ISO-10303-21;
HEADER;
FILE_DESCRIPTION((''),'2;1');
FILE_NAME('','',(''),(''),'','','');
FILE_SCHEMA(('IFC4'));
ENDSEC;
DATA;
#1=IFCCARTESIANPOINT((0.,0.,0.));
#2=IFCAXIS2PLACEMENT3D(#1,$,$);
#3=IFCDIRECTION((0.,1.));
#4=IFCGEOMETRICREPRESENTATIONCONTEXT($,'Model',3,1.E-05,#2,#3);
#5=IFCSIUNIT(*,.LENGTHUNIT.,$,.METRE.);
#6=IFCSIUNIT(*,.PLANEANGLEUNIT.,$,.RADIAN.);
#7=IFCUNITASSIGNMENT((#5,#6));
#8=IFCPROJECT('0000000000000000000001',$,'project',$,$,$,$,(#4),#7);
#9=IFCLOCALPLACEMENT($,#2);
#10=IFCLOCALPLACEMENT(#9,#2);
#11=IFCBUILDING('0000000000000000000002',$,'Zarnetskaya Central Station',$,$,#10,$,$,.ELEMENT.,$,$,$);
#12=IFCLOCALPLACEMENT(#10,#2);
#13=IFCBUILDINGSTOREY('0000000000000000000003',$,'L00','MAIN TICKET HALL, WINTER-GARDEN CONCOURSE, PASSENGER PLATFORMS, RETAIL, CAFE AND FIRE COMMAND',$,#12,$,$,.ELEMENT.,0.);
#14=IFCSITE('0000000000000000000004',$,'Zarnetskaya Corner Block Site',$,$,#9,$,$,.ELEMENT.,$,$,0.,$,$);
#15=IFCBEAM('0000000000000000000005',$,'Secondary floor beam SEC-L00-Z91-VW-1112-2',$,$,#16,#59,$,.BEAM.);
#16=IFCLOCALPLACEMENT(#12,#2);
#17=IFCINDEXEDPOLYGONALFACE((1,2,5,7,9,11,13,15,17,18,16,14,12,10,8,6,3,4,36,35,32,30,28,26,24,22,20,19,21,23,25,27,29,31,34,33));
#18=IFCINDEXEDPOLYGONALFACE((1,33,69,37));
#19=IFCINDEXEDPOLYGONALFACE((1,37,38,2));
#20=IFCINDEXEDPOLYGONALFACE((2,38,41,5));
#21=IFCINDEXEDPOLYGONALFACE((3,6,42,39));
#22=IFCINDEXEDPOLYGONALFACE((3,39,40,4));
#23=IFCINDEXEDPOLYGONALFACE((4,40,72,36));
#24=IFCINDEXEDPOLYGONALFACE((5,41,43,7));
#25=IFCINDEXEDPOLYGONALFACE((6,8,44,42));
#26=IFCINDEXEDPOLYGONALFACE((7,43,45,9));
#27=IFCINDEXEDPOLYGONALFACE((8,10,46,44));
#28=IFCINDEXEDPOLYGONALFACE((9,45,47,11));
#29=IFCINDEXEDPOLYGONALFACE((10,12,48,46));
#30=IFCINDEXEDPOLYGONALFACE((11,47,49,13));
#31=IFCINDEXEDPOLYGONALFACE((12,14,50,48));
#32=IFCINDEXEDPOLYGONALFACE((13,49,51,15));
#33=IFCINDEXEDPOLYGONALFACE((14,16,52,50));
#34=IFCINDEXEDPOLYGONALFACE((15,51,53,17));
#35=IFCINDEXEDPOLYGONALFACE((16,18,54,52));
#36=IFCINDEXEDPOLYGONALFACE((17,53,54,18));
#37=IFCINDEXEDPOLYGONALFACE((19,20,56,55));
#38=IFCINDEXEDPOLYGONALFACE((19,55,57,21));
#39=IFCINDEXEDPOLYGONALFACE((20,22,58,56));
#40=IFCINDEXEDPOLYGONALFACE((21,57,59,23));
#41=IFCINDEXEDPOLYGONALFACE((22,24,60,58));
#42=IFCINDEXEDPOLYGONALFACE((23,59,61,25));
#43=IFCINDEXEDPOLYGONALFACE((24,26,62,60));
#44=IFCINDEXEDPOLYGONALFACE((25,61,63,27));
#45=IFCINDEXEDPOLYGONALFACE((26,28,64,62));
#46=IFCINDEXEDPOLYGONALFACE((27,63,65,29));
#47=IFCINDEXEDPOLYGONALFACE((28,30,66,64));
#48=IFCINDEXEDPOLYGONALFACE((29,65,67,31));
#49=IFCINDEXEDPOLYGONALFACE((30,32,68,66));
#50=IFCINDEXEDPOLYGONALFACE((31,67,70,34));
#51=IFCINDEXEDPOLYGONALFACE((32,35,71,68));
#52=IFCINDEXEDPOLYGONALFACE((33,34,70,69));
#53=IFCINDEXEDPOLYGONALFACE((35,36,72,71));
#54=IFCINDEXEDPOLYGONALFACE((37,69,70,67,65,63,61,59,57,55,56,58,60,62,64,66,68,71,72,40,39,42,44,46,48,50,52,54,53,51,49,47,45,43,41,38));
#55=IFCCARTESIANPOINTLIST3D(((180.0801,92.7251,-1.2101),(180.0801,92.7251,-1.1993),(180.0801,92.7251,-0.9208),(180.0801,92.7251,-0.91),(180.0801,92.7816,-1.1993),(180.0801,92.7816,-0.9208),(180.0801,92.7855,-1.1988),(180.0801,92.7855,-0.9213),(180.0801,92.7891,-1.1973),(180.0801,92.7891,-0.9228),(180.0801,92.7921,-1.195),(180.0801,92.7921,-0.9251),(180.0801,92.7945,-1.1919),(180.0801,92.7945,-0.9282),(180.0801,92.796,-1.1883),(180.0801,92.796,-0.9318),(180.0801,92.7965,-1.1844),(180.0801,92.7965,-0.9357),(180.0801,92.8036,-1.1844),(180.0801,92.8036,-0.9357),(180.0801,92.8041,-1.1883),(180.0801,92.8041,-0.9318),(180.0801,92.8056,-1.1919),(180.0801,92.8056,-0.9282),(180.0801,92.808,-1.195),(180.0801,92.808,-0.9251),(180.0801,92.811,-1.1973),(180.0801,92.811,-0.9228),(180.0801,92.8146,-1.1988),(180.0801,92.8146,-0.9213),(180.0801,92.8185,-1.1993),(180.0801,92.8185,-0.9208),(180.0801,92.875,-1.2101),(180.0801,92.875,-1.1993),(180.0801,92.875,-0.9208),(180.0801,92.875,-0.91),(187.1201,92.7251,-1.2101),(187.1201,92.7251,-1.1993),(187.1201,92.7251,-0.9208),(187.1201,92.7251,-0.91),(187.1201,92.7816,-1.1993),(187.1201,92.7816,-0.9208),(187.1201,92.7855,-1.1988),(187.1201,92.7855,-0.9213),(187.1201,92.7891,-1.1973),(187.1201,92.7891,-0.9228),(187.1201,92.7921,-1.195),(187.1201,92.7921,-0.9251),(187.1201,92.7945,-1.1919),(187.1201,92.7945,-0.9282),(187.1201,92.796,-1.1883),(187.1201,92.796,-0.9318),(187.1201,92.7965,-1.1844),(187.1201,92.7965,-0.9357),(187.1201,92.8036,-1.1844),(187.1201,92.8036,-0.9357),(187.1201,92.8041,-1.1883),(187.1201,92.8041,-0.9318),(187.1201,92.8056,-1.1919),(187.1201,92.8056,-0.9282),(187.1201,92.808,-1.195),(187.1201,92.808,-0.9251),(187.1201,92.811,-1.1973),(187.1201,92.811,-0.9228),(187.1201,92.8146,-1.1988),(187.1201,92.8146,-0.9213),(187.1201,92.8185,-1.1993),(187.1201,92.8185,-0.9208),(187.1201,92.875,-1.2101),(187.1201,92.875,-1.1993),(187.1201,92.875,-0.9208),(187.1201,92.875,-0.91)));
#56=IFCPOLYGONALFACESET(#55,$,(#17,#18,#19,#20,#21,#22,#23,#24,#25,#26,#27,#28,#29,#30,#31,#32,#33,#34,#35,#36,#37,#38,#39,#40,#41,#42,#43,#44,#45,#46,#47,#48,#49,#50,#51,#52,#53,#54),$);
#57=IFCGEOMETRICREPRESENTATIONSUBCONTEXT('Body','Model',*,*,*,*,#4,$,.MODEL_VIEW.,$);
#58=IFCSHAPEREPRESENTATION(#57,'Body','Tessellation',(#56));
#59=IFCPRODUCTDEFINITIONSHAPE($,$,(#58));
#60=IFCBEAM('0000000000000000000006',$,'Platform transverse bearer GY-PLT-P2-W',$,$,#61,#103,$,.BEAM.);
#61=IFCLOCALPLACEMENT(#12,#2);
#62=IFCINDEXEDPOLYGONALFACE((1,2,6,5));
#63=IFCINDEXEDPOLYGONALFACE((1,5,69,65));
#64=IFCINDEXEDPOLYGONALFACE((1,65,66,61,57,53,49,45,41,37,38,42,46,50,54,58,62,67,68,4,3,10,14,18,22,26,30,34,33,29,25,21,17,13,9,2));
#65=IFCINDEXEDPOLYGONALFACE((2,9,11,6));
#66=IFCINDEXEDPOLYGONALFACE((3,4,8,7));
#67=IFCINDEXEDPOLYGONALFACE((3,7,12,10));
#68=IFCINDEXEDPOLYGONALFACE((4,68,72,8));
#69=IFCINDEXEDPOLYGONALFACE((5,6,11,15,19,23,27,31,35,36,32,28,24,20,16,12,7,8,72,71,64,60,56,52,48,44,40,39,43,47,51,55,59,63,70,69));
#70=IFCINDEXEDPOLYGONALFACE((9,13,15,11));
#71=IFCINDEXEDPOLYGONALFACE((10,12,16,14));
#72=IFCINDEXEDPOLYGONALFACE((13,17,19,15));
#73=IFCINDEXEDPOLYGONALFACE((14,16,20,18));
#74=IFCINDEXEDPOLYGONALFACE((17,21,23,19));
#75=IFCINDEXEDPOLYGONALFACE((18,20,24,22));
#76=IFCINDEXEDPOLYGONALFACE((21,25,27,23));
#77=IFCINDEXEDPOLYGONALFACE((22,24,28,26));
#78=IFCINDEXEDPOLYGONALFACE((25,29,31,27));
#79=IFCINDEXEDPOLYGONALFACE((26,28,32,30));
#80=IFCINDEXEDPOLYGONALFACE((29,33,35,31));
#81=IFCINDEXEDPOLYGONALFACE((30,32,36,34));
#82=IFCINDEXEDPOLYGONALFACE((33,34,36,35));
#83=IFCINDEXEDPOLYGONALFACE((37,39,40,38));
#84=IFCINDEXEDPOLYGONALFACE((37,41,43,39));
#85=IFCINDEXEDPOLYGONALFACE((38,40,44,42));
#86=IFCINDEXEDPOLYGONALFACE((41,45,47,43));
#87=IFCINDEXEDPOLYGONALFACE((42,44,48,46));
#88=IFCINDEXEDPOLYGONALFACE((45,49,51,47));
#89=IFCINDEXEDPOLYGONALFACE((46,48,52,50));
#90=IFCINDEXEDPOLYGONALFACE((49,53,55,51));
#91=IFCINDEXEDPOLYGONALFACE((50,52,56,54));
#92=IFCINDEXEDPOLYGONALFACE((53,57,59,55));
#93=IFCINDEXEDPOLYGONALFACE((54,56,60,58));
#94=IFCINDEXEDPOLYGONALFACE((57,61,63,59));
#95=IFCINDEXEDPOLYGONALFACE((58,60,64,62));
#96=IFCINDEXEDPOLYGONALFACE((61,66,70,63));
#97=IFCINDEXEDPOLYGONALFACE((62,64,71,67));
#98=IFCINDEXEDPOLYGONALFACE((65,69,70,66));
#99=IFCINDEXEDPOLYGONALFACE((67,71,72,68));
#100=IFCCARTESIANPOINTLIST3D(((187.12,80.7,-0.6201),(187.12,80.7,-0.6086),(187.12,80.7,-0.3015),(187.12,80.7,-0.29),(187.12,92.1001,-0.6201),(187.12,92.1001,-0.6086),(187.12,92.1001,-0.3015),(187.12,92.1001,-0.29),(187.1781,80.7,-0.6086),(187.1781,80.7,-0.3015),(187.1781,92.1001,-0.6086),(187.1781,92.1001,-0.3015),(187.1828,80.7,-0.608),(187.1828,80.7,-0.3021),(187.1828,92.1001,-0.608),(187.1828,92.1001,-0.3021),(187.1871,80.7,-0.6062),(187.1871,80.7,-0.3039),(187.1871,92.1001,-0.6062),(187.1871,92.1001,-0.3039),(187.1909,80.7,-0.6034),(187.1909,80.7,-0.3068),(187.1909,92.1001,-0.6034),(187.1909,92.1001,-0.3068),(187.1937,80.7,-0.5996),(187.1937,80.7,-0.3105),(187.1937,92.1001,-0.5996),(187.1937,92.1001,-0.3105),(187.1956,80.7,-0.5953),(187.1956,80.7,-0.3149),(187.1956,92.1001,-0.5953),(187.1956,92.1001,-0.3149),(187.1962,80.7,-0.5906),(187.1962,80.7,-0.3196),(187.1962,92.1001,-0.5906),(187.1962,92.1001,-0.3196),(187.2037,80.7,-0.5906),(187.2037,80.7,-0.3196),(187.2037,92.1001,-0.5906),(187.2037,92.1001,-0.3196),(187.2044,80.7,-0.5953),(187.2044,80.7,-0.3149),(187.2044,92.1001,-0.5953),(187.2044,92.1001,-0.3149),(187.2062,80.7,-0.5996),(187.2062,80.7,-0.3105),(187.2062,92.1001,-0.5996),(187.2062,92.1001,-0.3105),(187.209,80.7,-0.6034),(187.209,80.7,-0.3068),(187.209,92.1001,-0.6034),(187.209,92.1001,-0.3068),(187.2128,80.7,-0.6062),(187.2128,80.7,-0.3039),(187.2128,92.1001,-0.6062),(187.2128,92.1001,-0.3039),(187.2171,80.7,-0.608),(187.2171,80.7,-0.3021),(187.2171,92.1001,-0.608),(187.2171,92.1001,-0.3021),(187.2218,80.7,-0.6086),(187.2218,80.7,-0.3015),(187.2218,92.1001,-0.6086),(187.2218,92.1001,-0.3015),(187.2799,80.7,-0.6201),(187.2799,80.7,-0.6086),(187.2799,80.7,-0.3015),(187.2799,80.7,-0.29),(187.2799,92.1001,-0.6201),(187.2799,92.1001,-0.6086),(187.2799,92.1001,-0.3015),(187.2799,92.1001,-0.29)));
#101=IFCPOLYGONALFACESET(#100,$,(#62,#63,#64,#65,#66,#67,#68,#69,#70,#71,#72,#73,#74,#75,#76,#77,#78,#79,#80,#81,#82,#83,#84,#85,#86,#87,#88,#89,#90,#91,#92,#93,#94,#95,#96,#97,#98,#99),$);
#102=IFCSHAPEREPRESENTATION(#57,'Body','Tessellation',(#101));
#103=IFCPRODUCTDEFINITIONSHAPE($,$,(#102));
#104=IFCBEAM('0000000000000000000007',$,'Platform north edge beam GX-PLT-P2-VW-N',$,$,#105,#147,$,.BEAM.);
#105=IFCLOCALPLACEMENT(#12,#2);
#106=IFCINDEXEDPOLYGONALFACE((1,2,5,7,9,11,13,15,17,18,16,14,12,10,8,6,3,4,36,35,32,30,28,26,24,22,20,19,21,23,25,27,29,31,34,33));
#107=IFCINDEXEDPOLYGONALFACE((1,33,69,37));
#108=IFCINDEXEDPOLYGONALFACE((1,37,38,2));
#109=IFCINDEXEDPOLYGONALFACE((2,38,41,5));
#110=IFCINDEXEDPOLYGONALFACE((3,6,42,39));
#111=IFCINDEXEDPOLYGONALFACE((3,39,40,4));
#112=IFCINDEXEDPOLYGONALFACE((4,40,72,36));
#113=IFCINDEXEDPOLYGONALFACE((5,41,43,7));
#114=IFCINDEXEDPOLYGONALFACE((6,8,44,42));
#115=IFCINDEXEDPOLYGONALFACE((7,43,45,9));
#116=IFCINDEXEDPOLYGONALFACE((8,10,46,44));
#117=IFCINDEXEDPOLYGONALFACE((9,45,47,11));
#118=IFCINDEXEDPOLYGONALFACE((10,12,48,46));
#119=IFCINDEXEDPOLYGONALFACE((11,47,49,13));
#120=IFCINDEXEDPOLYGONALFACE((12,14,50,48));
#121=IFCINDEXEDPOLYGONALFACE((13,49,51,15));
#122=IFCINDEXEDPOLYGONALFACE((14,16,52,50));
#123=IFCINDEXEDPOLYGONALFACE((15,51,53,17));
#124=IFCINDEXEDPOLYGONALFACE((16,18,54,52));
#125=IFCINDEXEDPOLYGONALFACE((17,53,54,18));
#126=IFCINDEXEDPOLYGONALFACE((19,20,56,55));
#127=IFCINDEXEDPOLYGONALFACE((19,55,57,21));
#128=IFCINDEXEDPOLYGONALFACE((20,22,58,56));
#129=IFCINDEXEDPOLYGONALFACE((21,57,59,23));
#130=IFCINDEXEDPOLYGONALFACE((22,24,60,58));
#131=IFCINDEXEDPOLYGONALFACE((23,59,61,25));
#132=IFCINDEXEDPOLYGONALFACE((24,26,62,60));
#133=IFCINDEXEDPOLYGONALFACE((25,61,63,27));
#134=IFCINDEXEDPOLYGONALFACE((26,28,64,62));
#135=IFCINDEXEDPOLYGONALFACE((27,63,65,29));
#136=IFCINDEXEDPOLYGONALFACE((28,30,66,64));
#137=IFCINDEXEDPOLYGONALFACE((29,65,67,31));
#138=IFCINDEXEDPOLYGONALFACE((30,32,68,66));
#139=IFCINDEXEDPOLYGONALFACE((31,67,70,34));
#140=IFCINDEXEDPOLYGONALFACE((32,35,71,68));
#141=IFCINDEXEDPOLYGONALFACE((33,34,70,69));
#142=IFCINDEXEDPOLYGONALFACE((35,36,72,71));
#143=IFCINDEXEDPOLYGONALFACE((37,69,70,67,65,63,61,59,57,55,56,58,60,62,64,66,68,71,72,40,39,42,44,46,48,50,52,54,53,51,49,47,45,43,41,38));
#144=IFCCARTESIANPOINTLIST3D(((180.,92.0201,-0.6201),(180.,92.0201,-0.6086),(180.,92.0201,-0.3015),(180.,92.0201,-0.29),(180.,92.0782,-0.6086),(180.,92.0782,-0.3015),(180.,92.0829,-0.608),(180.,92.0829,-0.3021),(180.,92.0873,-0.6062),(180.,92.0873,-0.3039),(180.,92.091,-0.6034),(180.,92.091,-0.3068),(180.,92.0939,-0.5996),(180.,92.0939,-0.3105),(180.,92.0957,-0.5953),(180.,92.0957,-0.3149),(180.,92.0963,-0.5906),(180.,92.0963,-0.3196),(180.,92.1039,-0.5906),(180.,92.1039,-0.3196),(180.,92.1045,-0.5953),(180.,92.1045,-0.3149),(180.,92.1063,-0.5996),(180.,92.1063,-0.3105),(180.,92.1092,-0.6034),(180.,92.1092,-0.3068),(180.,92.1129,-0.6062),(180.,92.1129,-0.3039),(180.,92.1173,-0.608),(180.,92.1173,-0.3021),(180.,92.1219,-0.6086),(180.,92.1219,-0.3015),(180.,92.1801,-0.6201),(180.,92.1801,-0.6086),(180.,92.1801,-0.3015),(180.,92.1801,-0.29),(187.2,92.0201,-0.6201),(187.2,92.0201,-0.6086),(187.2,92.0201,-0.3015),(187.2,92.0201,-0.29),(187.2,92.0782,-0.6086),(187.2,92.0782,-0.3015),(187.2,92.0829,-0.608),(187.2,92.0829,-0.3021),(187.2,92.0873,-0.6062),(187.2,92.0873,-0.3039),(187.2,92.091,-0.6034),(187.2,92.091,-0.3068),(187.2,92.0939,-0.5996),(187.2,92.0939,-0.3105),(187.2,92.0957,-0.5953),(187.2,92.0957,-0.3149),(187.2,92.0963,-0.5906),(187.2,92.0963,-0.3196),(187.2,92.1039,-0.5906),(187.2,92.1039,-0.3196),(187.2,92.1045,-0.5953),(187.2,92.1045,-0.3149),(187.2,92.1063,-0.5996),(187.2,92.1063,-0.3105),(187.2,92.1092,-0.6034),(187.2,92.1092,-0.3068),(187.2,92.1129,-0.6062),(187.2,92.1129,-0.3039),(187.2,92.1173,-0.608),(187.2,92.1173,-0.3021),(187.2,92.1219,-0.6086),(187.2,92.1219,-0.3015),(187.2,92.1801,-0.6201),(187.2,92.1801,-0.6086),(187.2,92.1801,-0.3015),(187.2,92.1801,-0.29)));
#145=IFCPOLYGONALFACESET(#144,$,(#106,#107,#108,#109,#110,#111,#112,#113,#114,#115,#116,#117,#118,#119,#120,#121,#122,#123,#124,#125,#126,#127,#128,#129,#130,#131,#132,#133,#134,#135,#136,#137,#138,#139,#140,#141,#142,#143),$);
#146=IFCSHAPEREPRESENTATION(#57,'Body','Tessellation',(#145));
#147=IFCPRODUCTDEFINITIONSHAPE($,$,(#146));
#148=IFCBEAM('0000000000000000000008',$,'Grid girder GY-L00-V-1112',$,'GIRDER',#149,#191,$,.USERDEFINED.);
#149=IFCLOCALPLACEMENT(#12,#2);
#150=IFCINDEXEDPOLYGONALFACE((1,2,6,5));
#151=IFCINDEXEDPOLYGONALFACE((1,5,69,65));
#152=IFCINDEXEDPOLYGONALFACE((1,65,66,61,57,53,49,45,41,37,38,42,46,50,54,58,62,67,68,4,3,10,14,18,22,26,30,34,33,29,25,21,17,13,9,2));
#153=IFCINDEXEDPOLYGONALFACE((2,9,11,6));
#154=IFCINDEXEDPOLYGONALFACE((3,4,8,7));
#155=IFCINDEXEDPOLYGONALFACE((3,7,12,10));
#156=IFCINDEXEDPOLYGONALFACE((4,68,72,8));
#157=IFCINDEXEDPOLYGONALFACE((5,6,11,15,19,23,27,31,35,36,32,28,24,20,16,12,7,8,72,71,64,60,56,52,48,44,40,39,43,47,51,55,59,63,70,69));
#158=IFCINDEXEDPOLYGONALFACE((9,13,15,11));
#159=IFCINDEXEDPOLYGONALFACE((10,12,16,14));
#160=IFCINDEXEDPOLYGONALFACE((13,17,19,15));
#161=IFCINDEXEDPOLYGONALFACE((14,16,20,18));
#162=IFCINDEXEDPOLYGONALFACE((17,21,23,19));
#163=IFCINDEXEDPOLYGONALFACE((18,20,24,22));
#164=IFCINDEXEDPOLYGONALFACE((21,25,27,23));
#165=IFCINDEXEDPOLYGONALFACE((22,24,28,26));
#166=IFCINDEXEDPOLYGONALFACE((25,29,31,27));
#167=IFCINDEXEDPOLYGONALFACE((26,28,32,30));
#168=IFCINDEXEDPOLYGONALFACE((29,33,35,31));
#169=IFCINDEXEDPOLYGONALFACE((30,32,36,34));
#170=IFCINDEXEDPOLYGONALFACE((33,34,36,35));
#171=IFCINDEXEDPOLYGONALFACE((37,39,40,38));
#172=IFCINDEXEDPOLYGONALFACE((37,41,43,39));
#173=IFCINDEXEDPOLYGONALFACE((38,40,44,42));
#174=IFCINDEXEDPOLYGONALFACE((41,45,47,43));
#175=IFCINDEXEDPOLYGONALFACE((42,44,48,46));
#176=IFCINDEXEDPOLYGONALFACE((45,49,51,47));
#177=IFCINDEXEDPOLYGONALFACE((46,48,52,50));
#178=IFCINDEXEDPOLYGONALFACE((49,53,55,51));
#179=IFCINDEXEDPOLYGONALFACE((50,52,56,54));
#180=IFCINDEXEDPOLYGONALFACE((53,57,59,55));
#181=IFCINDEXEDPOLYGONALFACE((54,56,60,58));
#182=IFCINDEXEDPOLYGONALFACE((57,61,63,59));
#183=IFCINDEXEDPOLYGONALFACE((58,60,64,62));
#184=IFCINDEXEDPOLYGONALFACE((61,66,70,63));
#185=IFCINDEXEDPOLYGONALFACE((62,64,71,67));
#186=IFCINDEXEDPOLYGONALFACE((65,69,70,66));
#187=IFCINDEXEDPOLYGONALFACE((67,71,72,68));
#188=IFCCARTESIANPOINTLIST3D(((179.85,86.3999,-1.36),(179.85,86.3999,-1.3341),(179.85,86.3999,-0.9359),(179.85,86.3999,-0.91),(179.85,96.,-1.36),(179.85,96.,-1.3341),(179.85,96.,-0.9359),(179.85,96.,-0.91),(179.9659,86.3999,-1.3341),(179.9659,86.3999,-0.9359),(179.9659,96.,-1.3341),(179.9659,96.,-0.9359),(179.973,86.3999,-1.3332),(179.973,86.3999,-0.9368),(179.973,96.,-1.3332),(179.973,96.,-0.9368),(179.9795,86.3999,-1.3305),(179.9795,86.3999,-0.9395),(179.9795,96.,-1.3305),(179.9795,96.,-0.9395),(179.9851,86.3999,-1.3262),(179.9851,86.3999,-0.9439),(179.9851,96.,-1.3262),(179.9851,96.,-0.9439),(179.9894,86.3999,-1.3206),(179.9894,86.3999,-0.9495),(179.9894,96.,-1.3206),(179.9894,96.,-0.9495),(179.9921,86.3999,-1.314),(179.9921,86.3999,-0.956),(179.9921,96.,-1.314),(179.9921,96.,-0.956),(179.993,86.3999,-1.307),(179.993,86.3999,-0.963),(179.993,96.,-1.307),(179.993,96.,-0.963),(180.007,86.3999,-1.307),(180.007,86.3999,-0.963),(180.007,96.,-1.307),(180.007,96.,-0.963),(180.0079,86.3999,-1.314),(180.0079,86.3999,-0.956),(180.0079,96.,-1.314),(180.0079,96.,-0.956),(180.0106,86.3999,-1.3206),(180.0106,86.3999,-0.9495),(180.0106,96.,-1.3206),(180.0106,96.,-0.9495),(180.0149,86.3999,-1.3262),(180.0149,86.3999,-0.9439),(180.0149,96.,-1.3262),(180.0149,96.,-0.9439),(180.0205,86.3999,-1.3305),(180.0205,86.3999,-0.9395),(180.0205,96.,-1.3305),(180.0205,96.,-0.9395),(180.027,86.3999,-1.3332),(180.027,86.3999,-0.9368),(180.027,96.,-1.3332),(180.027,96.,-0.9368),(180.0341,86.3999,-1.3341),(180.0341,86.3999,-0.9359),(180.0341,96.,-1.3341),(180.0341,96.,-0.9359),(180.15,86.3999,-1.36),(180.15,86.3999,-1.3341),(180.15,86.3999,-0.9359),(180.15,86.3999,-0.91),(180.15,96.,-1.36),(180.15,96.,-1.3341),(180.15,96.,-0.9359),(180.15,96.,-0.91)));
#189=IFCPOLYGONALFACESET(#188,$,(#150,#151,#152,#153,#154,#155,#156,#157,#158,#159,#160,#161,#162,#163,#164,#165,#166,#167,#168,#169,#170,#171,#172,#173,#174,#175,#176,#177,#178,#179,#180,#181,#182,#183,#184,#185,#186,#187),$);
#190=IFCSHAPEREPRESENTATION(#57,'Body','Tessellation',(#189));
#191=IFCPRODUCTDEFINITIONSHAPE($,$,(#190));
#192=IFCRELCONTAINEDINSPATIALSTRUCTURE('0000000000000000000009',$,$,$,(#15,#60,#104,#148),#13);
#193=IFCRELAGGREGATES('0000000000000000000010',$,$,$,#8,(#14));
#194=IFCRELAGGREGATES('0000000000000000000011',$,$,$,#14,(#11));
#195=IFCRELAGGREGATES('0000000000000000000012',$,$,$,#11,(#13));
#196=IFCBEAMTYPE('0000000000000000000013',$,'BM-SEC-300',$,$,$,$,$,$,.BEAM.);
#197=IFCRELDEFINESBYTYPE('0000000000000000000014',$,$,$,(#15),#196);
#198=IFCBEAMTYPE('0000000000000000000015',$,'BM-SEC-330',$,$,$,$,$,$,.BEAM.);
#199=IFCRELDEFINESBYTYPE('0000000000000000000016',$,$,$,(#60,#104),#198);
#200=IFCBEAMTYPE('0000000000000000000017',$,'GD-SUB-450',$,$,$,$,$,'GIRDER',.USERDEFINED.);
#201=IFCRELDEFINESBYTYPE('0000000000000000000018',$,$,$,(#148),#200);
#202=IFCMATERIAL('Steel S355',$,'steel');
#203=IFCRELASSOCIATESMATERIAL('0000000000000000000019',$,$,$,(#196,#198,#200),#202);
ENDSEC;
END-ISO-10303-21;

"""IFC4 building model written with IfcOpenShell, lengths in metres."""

from ifc_helpers import new_model, si_unit, direction, frame, origin, origin_2d, place, context, subcontext, project, spatial, i_section, extrude, material, material_profile, profile_set, type_object, element, save


model = new_model("IFC4")

# Units and contexts
model_context = context("Model", 3, precision=1e-05, world=origin(), true_north=direction((0.0, 1.0)))
body_context = subcontext(model_context, "Body", "Model", "MODEL_VIEW")
ifc_project = project(units=[si_unit("LENGTHUNIT", "METRE"), si_unit("PLANEANGLEUNIT", "RADIAN")], contexts=[model_context])

# Site, building, storey
site_placement = place(None, origin())
site = spatial("IfcSite", under=ifc_project, at=site_placement, Name="Zarnetskaya Corner Block Site", CompositionType="ELEMENT", RefElevation=0.0)
building_placement = place(site_placement, origin())
building = spatial("IfcBuilding", under=site, at=building_placement, Name="Zarnetskaya Central Station", CompositionType="ELEMENT")
storey_placement = place(building_placement, origin())
storey = spatial("IfcBuildingStorey", under=building, at=storey_placement, Name="L00", Description="MAIN TICKET HALL, WINTER-GARDEN CONCOURSE, PASSENGER PLATFORMS, RETAIL, CAFE AND FIRE COMMAND", CompositionType="ELEMENT", Elevation=0.0)

# Shared definitions
ifc_material = material(Name="Steel S355", Category="steel")

# Beams
ifc_material_profile_1 = material_profile(ifc_material, i_section(OverallWidth=0.1499, OverallDepth=0.3, WebThickness=0.0071, FlangeThickness=0.0107, FilletRadius=0.0149, at=origin_2d()), Name="IPE 300")
ifc_profile_set_1 = profile_set([ifc_material_profile_1], Name="Steel S355")
beam_type_1 = type_object("IfcBeamType", Name="BM-SEC-300", PredefinedType="BEAM", material=ifc_profile_set_1)
for number, where, z_axis, x_axis, name in (
    (1, (180.0801, 92.8, -1.0601), (1.0, 0.0, 0.0), (0.0, 1.0, 0.0), "Secondary floor beam SEC-L00-Z91-VW-1112-2"),
):
    element("IfcBeam", number, at=place(storey_placement, frame(where, z_axis=z_axis, x_axis=x_axis)), inside=storey, type_object=beam_type_1, Name=name, PredefinedType="BEAM", context=body_context, shape_type="SweptSolid", body=[
        extrude(i_section(OverallWidth=0.1499, OverallDepth=0.3, WebThickness=0.0071, FlangeThickness=0.0107, FilletRadius=0.0149, at=origin_2d()), origin(), (0.0, 0.0, 1.0), 7.04),
    ])
ifc_material_profile_2 = material_profile(ifc_material, i_section(OverallWidth=0.1599, OverallDepth=0.3301, WebThickness=0.0076, FlangeThickness=0.0115, FilletRadius=0.0181, at=origin_2d()), Name="IPE 330")
ifc_profile_set_2 = profile_set([ifc_material_profile_2], Name="Steel S355")
beam_type_2 = type_object("IfcBeamType", Name="BM-SEC-330", PredefinedType="BEAM", material=ifc_profile_set_2)
beam_1_placement = place(storey_placement, frame((187.2, 80.7, -0.4551), z_axis=(0.0, 1.0, 0.0), x_axis=(-1.0, 0.0, 0.0)))
element("IfcBeam", 2, at=beam_1_placement, inside=storey, type_object=beam_type_2, Name="Platform transverse bearer GY-PLT-P2-W", PredefinedType="BEAM", context=body_context, shape_type="SweptSolid", body=[
    extrude(i_section(OverallWidth=0.1599, OverallDepth=0.3301, WebThickness=0.0076, FlangeThickness=0.0115, FilletRadius=0.0181, at=origin_2d()), origin(), (0.0, 0.0, 1.0), 11.4001),
])
beam_2_placement = place(storey_placement, frame((180.0, 92.1001, -0.4551), z_axis=(1.0, 0.0, 0.0), x_axis=(0.0, 1.0, 0.0)))
element("IfcBeam", 3, at=beam_2_placement, inside=storey, type_object=beam_type_2, Name="Platform north edge beam GX-PLT-P2-VW-N", PredefinedType="BEAM", context=body_context, shape_type="SweptSolid", body=[
    extrude(i_section(OverallWidth=0.1599, OverallDepth=0.3301, WebThickness=0.0076, FlangeThickness=0.0115, FilletRadius=0.0181, at=origin_2d()), origin(), (0.0, 0.0, 1.0), 7.2),
])
ifc_material_profile_3 = material_profile(ifc_material, i_section(OverallWidth=0.3, OverallDepth=0.45, WebThickness=0.0139, FlangeThickness=0.0259, FilletRadius=0.0271, at=origin_2d()), Name="HEB 450")
ifc_profile_set_3 = profile_set([ifc_material_profile_3], Name="Steel S355")
beam_type_3 = type_object("IfcBeamType", Name="GD-SUB-450", ElementType="GIRDER", PredefinedType="USERDEFINED", material=ifc_profile_set_3)
for number, where, z_axis, x_axis, name in (
    (4, (180.0, 86.3999, -1.135), (0.0, 1.0, 0.0), (-1.0, 0.0, 0.0), "Grid girder GY-L00-V-1112"),
):
    element("IfcBeam", number, at=place(storey_placement, frame(where, z_axis=z_axis, x_axis=x_axis)), inside=storey, type_object=beam_type_3, Name=name, ObjectType="GIRDER", PredefinedType="USERDEFINED", context=body_context, shape_type="SweptSolid", body=[
        extrude(i_section(OverallWidth=0.3, OverallDepth=0.45, WebThickness=0.0139, FlangeThickness=0.0259, FilletRadius=0.0271, at=origin_2d()), origin(), (0.0, 0.0, 1.0), 9.6001),
    ])

save(model, "model.ifc")
